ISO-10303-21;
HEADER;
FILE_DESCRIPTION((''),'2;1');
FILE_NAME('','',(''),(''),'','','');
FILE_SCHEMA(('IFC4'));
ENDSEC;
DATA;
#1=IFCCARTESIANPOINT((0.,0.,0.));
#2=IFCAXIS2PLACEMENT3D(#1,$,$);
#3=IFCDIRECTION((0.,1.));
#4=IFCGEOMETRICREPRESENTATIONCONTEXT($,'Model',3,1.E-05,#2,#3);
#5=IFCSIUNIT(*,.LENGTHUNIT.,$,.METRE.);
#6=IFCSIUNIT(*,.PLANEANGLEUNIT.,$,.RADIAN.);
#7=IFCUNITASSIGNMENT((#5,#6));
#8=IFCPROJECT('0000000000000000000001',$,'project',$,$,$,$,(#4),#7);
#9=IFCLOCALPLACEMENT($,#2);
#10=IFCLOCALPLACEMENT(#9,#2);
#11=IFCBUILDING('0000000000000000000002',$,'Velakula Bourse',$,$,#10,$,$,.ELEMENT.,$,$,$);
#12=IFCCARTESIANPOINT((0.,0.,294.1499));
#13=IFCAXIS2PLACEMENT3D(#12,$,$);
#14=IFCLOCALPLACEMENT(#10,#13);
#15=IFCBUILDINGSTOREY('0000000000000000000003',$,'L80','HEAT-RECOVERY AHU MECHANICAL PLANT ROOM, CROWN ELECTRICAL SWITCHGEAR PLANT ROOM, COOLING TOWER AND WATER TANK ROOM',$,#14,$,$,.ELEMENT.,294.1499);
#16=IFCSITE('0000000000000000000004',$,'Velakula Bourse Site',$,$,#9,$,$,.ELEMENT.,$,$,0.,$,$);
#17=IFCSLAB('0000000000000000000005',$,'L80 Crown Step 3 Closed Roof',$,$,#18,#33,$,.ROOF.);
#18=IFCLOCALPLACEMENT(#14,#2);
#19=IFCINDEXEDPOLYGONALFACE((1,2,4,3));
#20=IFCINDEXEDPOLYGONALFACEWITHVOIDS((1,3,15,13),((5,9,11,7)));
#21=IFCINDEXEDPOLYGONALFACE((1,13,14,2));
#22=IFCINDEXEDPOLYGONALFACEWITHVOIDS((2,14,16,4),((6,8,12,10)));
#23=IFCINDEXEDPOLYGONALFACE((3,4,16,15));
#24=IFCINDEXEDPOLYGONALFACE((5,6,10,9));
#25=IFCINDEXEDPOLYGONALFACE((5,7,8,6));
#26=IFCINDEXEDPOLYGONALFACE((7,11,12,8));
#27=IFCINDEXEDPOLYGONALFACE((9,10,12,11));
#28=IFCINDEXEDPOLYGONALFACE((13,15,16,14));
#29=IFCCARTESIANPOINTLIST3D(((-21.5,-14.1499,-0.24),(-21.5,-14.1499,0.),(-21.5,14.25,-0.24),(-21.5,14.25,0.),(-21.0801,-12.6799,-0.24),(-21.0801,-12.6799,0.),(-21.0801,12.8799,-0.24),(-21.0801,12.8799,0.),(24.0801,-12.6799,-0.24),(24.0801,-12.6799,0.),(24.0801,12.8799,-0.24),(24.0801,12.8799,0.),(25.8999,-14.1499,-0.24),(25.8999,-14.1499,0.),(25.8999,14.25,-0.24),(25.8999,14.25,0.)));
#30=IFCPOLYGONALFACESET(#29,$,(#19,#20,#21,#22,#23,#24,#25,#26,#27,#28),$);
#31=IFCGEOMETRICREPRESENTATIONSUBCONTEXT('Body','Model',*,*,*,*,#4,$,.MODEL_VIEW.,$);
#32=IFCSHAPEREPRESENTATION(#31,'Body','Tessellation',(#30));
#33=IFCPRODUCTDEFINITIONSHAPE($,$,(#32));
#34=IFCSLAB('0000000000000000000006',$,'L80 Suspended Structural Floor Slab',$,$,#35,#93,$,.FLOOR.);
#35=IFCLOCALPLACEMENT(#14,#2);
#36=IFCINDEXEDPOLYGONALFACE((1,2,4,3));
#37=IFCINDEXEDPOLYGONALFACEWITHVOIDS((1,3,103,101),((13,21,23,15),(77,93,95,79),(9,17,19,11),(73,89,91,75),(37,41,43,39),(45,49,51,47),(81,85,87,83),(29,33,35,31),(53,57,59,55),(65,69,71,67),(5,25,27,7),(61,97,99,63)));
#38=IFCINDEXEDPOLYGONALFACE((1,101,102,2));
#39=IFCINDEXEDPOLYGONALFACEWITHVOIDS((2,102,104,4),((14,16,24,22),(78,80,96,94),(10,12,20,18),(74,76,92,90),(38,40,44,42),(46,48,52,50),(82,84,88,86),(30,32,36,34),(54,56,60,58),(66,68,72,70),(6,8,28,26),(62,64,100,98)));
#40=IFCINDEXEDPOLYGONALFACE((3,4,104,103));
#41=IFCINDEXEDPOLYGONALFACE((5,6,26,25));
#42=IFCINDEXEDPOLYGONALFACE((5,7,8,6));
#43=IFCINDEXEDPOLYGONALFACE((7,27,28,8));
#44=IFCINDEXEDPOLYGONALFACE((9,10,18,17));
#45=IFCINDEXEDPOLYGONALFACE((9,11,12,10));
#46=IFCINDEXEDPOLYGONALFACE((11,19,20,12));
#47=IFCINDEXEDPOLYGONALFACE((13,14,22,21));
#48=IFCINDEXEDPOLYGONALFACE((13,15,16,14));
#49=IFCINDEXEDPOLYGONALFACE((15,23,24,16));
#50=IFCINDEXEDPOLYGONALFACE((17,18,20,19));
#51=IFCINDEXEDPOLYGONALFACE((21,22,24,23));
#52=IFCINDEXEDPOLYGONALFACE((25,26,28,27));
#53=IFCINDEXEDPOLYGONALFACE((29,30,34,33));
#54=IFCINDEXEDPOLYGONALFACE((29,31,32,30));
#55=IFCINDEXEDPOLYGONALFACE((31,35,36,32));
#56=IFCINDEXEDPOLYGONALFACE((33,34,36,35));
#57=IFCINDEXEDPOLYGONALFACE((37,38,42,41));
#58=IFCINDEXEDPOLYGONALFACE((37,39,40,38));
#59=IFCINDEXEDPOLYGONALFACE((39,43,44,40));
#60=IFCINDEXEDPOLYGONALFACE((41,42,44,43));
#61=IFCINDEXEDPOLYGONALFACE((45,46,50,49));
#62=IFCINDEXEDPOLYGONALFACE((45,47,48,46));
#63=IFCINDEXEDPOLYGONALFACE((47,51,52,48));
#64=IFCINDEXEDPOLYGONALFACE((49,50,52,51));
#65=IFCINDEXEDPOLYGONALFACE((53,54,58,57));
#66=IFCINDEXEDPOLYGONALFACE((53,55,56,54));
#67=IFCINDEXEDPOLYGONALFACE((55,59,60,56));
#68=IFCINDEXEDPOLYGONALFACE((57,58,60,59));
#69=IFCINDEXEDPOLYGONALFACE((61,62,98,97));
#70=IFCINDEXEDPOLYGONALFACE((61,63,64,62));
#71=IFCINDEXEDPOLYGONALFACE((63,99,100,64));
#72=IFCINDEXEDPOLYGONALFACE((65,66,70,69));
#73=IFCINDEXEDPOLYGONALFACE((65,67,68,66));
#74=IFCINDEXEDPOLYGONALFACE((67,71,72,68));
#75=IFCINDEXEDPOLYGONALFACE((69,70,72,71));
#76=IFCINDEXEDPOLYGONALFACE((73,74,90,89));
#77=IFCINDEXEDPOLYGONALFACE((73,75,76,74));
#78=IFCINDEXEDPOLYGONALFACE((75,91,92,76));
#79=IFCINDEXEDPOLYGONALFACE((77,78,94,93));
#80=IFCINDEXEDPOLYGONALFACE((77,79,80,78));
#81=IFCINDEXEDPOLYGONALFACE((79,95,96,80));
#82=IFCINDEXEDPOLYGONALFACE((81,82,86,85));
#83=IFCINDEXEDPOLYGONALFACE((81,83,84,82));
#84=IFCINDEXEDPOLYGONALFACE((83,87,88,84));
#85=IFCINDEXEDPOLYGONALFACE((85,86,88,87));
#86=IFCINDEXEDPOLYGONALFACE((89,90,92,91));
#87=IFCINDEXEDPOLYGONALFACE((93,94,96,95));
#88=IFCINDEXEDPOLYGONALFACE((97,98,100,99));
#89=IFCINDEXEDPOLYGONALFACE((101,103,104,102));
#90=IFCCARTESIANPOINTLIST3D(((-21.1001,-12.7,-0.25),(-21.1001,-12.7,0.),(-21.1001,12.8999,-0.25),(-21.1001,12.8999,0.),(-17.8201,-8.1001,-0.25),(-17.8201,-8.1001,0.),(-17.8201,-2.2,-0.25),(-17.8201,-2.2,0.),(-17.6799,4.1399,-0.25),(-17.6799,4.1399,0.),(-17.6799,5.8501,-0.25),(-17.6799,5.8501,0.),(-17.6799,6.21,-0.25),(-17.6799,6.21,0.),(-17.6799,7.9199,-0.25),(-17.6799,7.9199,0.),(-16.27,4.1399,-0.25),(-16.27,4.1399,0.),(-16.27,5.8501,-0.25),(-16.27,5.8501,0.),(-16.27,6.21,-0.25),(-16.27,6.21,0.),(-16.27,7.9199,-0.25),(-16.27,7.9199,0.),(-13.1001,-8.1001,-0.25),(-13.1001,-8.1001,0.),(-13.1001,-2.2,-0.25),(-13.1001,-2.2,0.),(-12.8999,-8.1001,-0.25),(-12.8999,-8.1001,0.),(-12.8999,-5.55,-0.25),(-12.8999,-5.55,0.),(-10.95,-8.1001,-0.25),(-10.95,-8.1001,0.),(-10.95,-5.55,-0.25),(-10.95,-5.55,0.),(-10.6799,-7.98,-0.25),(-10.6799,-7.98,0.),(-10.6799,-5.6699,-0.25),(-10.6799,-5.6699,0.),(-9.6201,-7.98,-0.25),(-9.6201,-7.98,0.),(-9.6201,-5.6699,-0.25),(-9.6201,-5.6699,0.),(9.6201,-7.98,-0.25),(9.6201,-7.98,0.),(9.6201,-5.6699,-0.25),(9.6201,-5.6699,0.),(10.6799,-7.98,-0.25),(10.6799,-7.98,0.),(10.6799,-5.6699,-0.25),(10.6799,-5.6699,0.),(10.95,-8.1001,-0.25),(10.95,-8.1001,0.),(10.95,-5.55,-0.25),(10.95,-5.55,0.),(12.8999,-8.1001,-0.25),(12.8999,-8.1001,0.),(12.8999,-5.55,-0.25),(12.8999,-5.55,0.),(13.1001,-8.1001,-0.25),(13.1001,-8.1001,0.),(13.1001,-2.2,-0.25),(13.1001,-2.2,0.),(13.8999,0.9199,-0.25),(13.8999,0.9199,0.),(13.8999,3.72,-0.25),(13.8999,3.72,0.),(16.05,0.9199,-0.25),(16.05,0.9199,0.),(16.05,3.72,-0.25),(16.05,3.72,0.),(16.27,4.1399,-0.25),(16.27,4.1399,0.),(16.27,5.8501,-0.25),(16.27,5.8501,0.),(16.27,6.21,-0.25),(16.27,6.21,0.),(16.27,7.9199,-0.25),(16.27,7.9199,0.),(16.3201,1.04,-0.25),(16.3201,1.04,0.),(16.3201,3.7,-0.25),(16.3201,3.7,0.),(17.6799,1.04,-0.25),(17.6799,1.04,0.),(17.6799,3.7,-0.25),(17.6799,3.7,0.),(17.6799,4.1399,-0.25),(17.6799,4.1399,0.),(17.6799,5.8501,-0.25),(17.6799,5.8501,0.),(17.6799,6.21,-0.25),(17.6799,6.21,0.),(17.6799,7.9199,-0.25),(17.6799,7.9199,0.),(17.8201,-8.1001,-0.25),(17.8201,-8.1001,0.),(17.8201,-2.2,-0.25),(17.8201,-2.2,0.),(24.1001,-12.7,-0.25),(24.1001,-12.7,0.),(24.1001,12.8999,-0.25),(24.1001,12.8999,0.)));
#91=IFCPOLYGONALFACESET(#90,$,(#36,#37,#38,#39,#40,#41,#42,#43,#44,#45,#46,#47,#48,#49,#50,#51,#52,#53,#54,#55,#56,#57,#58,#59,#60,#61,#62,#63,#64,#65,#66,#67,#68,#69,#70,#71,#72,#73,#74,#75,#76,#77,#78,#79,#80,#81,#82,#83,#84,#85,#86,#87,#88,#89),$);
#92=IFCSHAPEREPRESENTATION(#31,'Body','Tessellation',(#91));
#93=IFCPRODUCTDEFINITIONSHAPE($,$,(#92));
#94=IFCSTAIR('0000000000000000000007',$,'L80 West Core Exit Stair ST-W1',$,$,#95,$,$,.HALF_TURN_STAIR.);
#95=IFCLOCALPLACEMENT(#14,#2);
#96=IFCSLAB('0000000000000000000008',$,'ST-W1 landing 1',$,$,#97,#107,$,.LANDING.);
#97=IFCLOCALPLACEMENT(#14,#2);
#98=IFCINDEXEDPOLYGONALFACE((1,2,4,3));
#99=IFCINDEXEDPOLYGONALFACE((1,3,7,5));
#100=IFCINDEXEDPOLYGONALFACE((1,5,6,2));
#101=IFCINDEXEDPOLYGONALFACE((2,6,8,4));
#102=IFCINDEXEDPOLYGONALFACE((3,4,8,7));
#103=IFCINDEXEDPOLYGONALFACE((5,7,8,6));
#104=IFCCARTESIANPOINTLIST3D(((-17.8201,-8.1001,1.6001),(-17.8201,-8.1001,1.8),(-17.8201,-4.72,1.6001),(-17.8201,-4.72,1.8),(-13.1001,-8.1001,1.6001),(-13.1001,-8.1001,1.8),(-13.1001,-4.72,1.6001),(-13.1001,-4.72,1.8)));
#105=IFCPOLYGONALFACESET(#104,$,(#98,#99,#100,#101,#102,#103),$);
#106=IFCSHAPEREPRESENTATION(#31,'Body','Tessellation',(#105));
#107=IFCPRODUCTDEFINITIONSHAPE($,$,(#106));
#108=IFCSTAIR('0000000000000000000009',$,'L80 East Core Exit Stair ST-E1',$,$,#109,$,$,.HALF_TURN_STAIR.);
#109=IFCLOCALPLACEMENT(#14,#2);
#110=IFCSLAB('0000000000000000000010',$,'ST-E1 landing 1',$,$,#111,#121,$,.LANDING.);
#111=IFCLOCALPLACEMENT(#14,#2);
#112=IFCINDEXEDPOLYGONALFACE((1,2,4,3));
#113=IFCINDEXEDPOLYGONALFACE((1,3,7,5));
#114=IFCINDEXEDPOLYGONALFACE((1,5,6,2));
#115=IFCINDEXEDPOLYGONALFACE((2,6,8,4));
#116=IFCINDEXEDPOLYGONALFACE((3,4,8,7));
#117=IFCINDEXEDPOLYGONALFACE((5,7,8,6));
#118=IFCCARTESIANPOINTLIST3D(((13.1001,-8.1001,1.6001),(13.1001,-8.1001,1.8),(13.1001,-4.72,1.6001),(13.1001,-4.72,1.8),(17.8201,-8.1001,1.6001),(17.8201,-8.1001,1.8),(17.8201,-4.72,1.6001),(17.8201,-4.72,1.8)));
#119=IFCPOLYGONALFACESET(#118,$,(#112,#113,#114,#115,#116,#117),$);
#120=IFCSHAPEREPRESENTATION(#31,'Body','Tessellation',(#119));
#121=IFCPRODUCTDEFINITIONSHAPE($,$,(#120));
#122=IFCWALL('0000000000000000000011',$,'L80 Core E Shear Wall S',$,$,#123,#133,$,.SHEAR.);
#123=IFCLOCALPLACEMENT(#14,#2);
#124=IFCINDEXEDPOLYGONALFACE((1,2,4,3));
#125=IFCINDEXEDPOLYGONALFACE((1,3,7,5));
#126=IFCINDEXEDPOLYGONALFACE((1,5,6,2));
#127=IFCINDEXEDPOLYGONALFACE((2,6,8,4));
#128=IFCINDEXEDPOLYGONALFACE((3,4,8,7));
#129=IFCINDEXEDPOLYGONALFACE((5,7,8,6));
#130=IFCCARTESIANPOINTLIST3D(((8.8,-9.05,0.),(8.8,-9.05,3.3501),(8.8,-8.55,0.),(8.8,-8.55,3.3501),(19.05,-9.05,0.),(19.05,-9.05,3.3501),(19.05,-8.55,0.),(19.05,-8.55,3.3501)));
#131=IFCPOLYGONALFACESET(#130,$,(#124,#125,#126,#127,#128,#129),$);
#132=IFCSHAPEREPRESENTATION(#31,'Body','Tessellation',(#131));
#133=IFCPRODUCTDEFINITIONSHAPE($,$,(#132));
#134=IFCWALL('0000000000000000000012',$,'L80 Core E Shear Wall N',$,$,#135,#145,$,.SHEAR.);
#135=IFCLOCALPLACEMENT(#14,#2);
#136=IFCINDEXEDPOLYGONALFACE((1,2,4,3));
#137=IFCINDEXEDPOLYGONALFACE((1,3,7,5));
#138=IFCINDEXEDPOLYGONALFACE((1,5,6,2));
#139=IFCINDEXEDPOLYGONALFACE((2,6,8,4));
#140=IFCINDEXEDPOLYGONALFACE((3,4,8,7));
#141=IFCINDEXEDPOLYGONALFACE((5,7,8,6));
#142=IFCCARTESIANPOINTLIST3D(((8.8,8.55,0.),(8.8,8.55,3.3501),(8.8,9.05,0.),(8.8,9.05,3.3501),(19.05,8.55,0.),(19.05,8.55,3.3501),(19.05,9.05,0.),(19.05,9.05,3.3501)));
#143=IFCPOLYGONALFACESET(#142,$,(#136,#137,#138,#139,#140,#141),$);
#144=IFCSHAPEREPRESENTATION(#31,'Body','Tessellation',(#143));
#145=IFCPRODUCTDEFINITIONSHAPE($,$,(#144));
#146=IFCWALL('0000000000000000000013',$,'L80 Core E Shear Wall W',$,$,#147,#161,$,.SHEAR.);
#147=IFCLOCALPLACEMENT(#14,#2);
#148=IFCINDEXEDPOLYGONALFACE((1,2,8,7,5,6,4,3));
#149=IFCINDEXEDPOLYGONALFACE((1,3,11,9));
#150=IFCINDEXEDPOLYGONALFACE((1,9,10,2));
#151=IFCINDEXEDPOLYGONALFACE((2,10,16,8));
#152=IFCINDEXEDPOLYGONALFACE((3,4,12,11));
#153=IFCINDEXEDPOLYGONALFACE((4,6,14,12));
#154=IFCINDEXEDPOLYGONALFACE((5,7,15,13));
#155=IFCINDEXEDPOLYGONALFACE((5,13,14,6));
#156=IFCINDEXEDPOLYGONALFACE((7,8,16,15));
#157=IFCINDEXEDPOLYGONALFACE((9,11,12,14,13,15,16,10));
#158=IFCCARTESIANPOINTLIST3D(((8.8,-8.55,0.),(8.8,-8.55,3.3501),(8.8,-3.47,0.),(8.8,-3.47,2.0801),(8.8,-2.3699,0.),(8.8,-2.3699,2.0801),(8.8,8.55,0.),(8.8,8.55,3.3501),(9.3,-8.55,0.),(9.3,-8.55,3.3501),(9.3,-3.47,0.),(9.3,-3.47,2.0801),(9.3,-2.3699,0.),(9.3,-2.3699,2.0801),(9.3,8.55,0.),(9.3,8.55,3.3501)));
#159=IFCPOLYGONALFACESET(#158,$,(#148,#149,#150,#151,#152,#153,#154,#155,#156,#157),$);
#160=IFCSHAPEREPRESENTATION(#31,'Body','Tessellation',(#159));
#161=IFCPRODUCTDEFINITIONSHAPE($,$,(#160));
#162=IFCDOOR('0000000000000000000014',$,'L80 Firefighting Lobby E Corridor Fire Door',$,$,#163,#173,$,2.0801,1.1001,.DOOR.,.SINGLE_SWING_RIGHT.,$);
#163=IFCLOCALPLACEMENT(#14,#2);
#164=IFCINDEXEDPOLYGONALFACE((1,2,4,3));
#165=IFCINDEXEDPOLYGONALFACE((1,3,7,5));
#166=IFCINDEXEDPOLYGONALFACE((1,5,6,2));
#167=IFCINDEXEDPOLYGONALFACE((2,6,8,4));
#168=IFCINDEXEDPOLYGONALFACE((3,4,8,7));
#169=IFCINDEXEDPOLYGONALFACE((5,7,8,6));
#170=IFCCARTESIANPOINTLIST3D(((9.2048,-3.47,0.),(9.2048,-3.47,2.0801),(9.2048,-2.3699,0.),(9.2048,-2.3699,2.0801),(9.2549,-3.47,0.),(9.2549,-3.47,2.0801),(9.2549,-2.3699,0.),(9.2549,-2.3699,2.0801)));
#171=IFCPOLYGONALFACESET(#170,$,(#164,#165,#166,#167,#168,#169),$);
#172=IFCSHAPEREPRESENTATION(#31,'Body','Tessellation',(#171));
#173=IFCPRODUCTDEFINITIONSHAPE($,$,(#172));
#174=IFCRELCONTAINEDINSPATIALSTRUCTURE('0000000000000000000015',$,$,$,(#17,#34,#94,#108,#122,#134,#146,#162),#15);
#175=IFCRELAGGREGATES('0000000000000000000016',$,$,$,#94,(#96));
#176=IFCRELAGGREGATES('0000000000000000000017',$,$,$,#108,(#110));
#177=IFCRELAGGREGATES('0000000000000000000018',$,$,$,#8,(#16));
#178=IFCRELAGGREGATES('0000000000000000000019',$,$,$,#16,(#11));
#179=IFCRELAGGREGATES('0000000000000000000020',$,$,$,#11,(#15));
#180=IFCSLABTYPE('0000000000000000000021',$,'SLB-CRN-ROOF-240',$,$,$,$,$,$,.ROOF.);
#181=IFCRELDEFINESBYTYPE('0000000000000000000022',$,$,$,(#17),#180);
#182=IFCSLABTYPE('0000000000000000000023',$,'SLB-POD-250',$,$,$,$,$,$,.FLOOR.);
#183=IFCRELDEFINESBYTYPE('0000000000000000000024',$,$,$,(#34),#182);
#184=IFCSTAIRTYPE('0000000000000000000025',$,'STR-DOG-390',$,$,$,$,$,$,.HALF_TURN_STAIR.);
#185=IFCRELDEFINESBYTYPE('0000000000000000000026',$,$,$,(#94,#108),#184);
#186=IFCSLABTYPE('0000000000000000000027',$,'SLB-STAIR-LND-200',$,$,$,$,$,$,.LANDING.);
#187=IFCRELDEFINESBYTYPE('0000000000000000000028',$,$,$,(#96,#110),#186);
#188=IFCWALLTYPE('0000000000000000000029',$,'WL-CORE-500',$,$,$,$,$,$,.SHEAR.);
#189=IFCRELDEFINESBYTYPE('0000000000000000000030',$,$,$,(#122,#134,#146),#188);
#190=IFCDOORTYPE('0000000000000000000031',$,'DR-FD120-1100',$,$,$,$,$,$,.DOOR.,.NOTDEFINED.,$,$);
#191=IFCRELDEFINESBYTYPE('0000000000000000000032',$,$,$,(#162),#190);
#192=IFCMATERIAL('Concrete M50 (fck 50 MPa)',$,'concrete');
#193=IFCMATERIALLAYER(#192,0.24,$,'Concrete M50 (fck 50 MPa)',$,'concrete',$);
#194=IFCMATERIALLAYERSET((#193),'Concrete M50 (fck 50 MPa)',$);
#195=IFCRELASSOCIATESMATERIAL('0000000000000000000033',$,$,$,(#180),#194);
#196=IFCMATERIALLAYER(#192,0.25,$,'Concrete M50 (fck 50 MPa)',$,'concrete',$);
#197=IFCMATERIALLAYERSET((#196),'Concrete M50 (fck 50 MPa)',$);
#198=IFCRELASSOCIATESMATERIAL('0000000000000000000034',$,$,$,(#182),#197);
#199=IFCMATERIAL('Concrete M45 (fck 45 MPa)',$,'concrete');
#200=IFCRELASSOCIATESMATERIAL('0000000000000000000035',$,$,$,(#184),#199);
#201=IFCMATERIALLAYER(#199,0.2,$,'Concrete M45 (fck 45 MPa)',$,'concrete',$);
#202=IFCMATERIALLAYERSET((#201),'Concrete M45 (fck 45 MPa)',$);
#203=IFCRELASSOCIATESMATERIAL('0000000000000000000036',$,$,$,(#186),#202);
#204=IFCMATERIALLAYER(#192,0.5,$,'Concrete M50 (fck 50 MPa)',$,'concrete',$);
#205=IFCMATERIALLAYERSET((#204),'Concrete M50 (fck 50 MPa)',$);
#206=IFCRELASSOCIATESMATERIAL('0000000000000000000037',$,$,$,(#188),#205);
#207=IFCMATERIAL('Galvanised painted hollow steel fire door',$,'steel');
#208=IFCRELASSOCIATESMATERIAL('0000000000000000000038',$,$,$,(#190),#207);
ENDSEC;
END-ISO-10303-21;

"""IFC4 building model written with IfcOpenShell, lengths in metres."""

from ifc_helpers import new_model, si_unit, direction, frame, frame_2d, origin, place, context, subcontext, project, spatial, polyline, rectangle, outline, extrude, material, layer, layer_set, type_object, element, fill, aggregate, save


model = new_model("IFC4")

# Units and contexts
model_context = context("Model", 3, precision=1e-05, world=origin(), true_north=direction((0.0, 1.0)))
body_context = subcontext(model_context, "Body", "Model", "MODEL_VIEW")
ifc_project = project(units=[si_unit("LENGTHUNIT", "METRE"), si_unit("PLANEANGLEUNIT", "RADIAN")], contexts=[model_context])

# Site, building, storey
site_placement = place(None, origin())
site = spatial("IfcSite", under=ifc_project, at=site_placement, Name="Velakula Bourse Site", CompositionType="ELEMENT", RefElevation=0.0)
building_placement = place(site_placement, origin())
building = spatial("IfcBuilding", under=site, at=building_placement, Name="Velakula Bourse", CompositionType="ELEMENT")
storey_placement = place(building_placement, frame((0.0, 0.0, 294.1499)))
storey = spatial("IfcBuildingStorey", under=building, at=storey_placement, Name="L80", Description="HEAT-RECOVERY AHU MECHANICAL PLANT ROOM, CROWN ELECTRICAL SWITCHGEAR PLANT ROOM, COOLING TOWER AND WATER TANK ROOM", CompositionType="ELEMENT", Elevation=294.1499)

# Shared definitions
ifc_material_1 = material(Name="Concrete M50 (fck 50 MPa)", Category="concrete")

# Slabs
ifc_layer_1 = layer(ifc_material_1, 0.24, Name="Concrete M50 (fck 50 MPa)", Category="concrete")
ifc_layer_set_1 = layer_set([ifc_layer_1], Name="Concrete M50 (fck 50 MPa)")
slab_type_1 = type_object("IfcSlabType", Name="SLB-CRN-ROOF-240", PredefinedType="ROOF", material=ifc_layer_set_1)
slab_1_placement = place(storey_placement, frame((0.0, 0.0, -0.24)))
element("IfcSlab", 1, at=slab_1_placement, inside=storey, type_object=slab_type_1, Name="L80 Crown Step 3 Closed Roof", PredefinedType="ROOF", context=body_context, shape_type="SweptSolid", body=[
    extrude(outline(polyline([(-21.5, 14.25), (25.8999, 14.25), (25.8999, -14.1499), (-21.5, -14.1499), (-21.5, 14.25)]), holes=[polyline([(24.0801, -12.6799), (24.0801, 12.8799), (-21.0801, 12.8799), (-21.0801, -12.6799), (24.0801, -12.6799)])]), origin(), (0.0, 0.0, 1.0), 0.24),
])
ifc_layer_2 = layer(ifc_material_1, 0.25, Name="Concrete M50 (fck 50 MPa)", Category="concrete")
ifc_layer_set_2 = layer_set([ifc_layer_2], Name="Concrete M50 (fck 50 MPa)")
slab_type_2 = type_object("IfcSlabType", Name="SLB-POD-250", PredefinedType="FLOOR", material=ifc_layer_set_2)
slab_2_placement = place(storey_placement, frame((0.0, 0.0, -0.25)))
element("IfcSlab", 2, at=slab_2_placement, inside=storey, type_object=slab_type_2, Name="L80 Suspended Structural Floor Slab", PredefinedType="FLOOR", context=body_context, shape_type="SweptSolid", body=[
    extrude(outline(polyline([(-21.1001, -12.7), (24.1001, -12.7), (24.1001, 12.8999), (-21.1001, 12.8999), (-21.1001, -12.7)]), holes=[polyline([(-17.8201, -8.1001), (-13.1001, -8.1001), (-13.1001, -2.2), (-17.8201, -2.2), (-17.8201, -8.1001)]), polyline([(13.1001, -8.1001), (17.8201, -8.1001), (17.8201, -2.2), (13.1001, -2.2), (13.1001, -8.1001)]), polyline([(-12.8999, -8.1001), (-10.95, -8.1001), (-10.95, -5.55), (-12.8999, -5.55), (-12.8999, -8.1001)]), polyline([(10.95, -8.1001), (12.8999, -8.1001), (12.8999, -5.55), (10.95, -5.55), (10.95, -8.1001)]), polyline([(13.8999, 0.9199), (16.05, 0.9199), (16.05, 3.72), (13.8999, 3.72), (13.8999, 0.9199)]), polyline([(-10.6799, -7.98), (-9.6201, -7.98), (-9.6201, -5.6699), (-10.6799, -5.6699), (-10.6799, -7.98)]), polyline([(-17.6799, 4.1399), (-16.27, 4.1399), (-16.27, 5.8501), (-17.6799, 5.8501), (-17.6799, 4.1399)]), polyline([(-17.6799, 6.21), (-16.27, 6.21), (-16.27, 7.9199), (-17.6799, 7.9199), (-17.6799, 6.21)]), polyline([(9.6201, -7.98), (10.6799, -7.98), (10.6799, -5.6699), (9.6201, -5.6699), (9.6201, -7.98)]), polyline([(16.27, 4.1399), (17.6799, 4.1399), (17.6799, 5.8501), (16.27, 5.8501), (16.27, 4.1399)]), polyline([(16.27, 6.21), (17.6799, 6.21), (17.6799, 7.9199), (16.27, 7.9199), (16.27, 6.21)]), polyline([(16.3201, 1.04), (17.6799, 1.04), (17.6799, 3.7), (16.3201, 3.7), (16.3201, 1.04)])]), origin(), (0.0, 0.0, 1.0), 0.25),
])

# Stairs, slabs
ifc_material_2 = material(Name="Concrete M45 (fck 45 MPa)", Category="concrete")
stair_type = type_object("IfcStairType", Name="STR-DOG-390", PredefinedType="HALF_TURN_STAIR", material=ifc_material_2)
stair_1_placement = place(storey_placement, origin())
stair_1 = element("IfcStair", 3, at=stair_1_placement, inside=storey, type_object=stair_type, Name="L80 West Core Exit Stair ST-W1", PredefinedType="HALF_TURN_STAIR")
ifc_layer_3 = layer(ifc_material_2, 0.2, Name="Concrete M45 (fck 45 MPa)", Category="concrete")
ifc_layer_set_3 = layer_set([ifc_layer_3], Name="Concrete M45 (fck 45 MPa)")
slab_type_3 = type_object("IfcSlabType", Name="SLB-STAIR-LND-200", PredefinedType="LANDING", material=ifc_layer_set_3)
slab_3_placement = place(storey_placement, frame((0.0, 0.0, 1.6001)))
slab_3 = element("IfcSlab", 4, at=slab_3_placement, type_object=slab_type_3, Name="ST-W1 landing 1", PredefinedType="LANDING", context=body_context, shape_type="SweptSolid", body=[
    extrude(outline(polyline([(-17.8201, -4.72), (-17.8201, -8.1001), (-13.1001, -8.1001), (-13.1001, -4.72), (-17.8201, -4.72)])), origin(), (0.0, 0.0, 1.0), 0.2),
])
aggregate(stair_1, [slab_3])
stair_2_placement = place(storey_placement, origin())
stair_2 = element("IfcStair", 5, at=stair_2_placement, inside=storey, type_object=stair_type, Name="L80 East Core Exit Stair ST-E1", PredefinedType="HALF_TURN_STAIR")
slab_4_placement = place(storey_placement, frame((0.0, 0.0, 1.6001)))
slab_4 = element("IfcSlab", 6, at=slab_4_placement, type_object=slab_type_3, Name="ST-E1 landing 1", PredefinedType="LANDING", context=body_context, shape_type="SweptSolid", body=[
    extrude(outline(polyline([(13.1001, -4.72), (13.1001, -8.1001), (17.8201, -8.1001), (17.8201, -4.72), (13.1001, -4.72)])), origin(), (0.0, 0.0, 1.0), 0.2),
])
aggregate(stair_2, [slab_4])

# Walls
ifc_layer_4 = layer(ifc_material_1, 0.5, Name="Concrete M50 (fck 50 MPa)", Category="concrete")
ifc_layer_set_4 = layer_set([ifc_layer_4], Name="Concrete M50 (fck 50 MPa)")
wall_type_1 = type_object("IfcWallType", Name="WL-CORE-500", PredefinedType="SHEAR", material=ifc_layer_set_4)
for number, where, z_axis, x_axis, name in (
    (7, (8.8, -8.8, 0.0), (0.0, 0.0, 1.0), (1.0, 0.0, 0.0), "L80 Core E Shear Wall S"),
    (8, (8.8, 8.8, 0.0), (0.0, 0.0, 1.0), (1.0, 0.0, 0.0), "L80 Core E Shear Wall N"),
):
    element("IfcWall", number, at=place(storey_placement, frame(where, z_axis=z_axis, x_axis=x_axis)), inside=storey, type_object=wall_type_1, Name=name, PredefinedType="SHEAR", context=body_context, shape_type="SweptSolid", body=[
        extrude(rectangle(XDim=10.25, YDim=0.5, at=frame_2d((5.125, 0.0))), origin(), (0.0, 0.0, 1.0), 3.3501),
    ])

# Wall, opening, door
wall_1_placement = place(storey_placement, frame((9.05, -8.55, 0.0), z_axis=(0.0, 0.0, 1.0), x_axis=(0.0, 1.0, 0.0)))
wall_1 = element("IfcWall", 9, at=wall_1_placement, inside=storey, type_object=wall_type_1, Name="L80 Core E Shear Wall W", PredefinedType="SHEAR", context=body_context, shape_type="SweptSolid", body=[
    extrude(rectangle(XDim=17.1001, YDim=0.5, at=frame_2d((8.55, 0.0))), origin(), (0.0, 0.0, 1.0), 3.3501),
])
opening_1_placement = place(wall_1_placement, frame((5.0801, 0.0, 0.0)))
opening_1 = element("IfcOpeningElement", 10, at=opening_1_placement, cuts=wall_1, PredefinedType="OPENING", context=body_context, shape_type="SweptSolid", body=[
    extrude(rectangle(XDim=1.1001, YDim=2.0801, at=frame_2d((0.55, 1.04))), frame((0.0, 0.26, 0.0), z_axis=(0.0, -1.0, 0.0), x_axis=(1.0, 0.0, 0.0)), (0.0, 0.0, 1.0), 0.52),
])
ifc_material_3 = material(Name="Galvanised painted hollow steel fire door", Category="steel")
door_type_1 = type_object("IfcDoorType", Name="DR-FD120-1100", OperationType="NOTDEFINED", PredefinedType="DOOR", material=ifc_material_3)
door_1_placement = place(opening_1_placement, origin())
door_1 = element("IfcDoor", 11, at=door_1_placement, inside=storey, type_object=door_type_1, Name="L80 Firefighting Lobby E Corridor Fire Door", OperationType="SINGLE_SWING_RIGHT", OverallHeight=2.0801, OverallWidth=1.1001, PredefinedType="DOOR", context=body_context, shape_type="SweptSolid", body=[
    extrude(rectangle(XDim=1.1001, YDim=2.0801, at=frame_2d((0.55, 1.04))), frame((0.0, -0.1548, 0.0), z_axis=(0.0, -1.0, 0.0), x_axis=(1.0, 0.0, 0.0)), (0.0, 0.0, 1.0), 0.05),
])
fill(opening_1, door_1)

save(model, "model.ifc")
